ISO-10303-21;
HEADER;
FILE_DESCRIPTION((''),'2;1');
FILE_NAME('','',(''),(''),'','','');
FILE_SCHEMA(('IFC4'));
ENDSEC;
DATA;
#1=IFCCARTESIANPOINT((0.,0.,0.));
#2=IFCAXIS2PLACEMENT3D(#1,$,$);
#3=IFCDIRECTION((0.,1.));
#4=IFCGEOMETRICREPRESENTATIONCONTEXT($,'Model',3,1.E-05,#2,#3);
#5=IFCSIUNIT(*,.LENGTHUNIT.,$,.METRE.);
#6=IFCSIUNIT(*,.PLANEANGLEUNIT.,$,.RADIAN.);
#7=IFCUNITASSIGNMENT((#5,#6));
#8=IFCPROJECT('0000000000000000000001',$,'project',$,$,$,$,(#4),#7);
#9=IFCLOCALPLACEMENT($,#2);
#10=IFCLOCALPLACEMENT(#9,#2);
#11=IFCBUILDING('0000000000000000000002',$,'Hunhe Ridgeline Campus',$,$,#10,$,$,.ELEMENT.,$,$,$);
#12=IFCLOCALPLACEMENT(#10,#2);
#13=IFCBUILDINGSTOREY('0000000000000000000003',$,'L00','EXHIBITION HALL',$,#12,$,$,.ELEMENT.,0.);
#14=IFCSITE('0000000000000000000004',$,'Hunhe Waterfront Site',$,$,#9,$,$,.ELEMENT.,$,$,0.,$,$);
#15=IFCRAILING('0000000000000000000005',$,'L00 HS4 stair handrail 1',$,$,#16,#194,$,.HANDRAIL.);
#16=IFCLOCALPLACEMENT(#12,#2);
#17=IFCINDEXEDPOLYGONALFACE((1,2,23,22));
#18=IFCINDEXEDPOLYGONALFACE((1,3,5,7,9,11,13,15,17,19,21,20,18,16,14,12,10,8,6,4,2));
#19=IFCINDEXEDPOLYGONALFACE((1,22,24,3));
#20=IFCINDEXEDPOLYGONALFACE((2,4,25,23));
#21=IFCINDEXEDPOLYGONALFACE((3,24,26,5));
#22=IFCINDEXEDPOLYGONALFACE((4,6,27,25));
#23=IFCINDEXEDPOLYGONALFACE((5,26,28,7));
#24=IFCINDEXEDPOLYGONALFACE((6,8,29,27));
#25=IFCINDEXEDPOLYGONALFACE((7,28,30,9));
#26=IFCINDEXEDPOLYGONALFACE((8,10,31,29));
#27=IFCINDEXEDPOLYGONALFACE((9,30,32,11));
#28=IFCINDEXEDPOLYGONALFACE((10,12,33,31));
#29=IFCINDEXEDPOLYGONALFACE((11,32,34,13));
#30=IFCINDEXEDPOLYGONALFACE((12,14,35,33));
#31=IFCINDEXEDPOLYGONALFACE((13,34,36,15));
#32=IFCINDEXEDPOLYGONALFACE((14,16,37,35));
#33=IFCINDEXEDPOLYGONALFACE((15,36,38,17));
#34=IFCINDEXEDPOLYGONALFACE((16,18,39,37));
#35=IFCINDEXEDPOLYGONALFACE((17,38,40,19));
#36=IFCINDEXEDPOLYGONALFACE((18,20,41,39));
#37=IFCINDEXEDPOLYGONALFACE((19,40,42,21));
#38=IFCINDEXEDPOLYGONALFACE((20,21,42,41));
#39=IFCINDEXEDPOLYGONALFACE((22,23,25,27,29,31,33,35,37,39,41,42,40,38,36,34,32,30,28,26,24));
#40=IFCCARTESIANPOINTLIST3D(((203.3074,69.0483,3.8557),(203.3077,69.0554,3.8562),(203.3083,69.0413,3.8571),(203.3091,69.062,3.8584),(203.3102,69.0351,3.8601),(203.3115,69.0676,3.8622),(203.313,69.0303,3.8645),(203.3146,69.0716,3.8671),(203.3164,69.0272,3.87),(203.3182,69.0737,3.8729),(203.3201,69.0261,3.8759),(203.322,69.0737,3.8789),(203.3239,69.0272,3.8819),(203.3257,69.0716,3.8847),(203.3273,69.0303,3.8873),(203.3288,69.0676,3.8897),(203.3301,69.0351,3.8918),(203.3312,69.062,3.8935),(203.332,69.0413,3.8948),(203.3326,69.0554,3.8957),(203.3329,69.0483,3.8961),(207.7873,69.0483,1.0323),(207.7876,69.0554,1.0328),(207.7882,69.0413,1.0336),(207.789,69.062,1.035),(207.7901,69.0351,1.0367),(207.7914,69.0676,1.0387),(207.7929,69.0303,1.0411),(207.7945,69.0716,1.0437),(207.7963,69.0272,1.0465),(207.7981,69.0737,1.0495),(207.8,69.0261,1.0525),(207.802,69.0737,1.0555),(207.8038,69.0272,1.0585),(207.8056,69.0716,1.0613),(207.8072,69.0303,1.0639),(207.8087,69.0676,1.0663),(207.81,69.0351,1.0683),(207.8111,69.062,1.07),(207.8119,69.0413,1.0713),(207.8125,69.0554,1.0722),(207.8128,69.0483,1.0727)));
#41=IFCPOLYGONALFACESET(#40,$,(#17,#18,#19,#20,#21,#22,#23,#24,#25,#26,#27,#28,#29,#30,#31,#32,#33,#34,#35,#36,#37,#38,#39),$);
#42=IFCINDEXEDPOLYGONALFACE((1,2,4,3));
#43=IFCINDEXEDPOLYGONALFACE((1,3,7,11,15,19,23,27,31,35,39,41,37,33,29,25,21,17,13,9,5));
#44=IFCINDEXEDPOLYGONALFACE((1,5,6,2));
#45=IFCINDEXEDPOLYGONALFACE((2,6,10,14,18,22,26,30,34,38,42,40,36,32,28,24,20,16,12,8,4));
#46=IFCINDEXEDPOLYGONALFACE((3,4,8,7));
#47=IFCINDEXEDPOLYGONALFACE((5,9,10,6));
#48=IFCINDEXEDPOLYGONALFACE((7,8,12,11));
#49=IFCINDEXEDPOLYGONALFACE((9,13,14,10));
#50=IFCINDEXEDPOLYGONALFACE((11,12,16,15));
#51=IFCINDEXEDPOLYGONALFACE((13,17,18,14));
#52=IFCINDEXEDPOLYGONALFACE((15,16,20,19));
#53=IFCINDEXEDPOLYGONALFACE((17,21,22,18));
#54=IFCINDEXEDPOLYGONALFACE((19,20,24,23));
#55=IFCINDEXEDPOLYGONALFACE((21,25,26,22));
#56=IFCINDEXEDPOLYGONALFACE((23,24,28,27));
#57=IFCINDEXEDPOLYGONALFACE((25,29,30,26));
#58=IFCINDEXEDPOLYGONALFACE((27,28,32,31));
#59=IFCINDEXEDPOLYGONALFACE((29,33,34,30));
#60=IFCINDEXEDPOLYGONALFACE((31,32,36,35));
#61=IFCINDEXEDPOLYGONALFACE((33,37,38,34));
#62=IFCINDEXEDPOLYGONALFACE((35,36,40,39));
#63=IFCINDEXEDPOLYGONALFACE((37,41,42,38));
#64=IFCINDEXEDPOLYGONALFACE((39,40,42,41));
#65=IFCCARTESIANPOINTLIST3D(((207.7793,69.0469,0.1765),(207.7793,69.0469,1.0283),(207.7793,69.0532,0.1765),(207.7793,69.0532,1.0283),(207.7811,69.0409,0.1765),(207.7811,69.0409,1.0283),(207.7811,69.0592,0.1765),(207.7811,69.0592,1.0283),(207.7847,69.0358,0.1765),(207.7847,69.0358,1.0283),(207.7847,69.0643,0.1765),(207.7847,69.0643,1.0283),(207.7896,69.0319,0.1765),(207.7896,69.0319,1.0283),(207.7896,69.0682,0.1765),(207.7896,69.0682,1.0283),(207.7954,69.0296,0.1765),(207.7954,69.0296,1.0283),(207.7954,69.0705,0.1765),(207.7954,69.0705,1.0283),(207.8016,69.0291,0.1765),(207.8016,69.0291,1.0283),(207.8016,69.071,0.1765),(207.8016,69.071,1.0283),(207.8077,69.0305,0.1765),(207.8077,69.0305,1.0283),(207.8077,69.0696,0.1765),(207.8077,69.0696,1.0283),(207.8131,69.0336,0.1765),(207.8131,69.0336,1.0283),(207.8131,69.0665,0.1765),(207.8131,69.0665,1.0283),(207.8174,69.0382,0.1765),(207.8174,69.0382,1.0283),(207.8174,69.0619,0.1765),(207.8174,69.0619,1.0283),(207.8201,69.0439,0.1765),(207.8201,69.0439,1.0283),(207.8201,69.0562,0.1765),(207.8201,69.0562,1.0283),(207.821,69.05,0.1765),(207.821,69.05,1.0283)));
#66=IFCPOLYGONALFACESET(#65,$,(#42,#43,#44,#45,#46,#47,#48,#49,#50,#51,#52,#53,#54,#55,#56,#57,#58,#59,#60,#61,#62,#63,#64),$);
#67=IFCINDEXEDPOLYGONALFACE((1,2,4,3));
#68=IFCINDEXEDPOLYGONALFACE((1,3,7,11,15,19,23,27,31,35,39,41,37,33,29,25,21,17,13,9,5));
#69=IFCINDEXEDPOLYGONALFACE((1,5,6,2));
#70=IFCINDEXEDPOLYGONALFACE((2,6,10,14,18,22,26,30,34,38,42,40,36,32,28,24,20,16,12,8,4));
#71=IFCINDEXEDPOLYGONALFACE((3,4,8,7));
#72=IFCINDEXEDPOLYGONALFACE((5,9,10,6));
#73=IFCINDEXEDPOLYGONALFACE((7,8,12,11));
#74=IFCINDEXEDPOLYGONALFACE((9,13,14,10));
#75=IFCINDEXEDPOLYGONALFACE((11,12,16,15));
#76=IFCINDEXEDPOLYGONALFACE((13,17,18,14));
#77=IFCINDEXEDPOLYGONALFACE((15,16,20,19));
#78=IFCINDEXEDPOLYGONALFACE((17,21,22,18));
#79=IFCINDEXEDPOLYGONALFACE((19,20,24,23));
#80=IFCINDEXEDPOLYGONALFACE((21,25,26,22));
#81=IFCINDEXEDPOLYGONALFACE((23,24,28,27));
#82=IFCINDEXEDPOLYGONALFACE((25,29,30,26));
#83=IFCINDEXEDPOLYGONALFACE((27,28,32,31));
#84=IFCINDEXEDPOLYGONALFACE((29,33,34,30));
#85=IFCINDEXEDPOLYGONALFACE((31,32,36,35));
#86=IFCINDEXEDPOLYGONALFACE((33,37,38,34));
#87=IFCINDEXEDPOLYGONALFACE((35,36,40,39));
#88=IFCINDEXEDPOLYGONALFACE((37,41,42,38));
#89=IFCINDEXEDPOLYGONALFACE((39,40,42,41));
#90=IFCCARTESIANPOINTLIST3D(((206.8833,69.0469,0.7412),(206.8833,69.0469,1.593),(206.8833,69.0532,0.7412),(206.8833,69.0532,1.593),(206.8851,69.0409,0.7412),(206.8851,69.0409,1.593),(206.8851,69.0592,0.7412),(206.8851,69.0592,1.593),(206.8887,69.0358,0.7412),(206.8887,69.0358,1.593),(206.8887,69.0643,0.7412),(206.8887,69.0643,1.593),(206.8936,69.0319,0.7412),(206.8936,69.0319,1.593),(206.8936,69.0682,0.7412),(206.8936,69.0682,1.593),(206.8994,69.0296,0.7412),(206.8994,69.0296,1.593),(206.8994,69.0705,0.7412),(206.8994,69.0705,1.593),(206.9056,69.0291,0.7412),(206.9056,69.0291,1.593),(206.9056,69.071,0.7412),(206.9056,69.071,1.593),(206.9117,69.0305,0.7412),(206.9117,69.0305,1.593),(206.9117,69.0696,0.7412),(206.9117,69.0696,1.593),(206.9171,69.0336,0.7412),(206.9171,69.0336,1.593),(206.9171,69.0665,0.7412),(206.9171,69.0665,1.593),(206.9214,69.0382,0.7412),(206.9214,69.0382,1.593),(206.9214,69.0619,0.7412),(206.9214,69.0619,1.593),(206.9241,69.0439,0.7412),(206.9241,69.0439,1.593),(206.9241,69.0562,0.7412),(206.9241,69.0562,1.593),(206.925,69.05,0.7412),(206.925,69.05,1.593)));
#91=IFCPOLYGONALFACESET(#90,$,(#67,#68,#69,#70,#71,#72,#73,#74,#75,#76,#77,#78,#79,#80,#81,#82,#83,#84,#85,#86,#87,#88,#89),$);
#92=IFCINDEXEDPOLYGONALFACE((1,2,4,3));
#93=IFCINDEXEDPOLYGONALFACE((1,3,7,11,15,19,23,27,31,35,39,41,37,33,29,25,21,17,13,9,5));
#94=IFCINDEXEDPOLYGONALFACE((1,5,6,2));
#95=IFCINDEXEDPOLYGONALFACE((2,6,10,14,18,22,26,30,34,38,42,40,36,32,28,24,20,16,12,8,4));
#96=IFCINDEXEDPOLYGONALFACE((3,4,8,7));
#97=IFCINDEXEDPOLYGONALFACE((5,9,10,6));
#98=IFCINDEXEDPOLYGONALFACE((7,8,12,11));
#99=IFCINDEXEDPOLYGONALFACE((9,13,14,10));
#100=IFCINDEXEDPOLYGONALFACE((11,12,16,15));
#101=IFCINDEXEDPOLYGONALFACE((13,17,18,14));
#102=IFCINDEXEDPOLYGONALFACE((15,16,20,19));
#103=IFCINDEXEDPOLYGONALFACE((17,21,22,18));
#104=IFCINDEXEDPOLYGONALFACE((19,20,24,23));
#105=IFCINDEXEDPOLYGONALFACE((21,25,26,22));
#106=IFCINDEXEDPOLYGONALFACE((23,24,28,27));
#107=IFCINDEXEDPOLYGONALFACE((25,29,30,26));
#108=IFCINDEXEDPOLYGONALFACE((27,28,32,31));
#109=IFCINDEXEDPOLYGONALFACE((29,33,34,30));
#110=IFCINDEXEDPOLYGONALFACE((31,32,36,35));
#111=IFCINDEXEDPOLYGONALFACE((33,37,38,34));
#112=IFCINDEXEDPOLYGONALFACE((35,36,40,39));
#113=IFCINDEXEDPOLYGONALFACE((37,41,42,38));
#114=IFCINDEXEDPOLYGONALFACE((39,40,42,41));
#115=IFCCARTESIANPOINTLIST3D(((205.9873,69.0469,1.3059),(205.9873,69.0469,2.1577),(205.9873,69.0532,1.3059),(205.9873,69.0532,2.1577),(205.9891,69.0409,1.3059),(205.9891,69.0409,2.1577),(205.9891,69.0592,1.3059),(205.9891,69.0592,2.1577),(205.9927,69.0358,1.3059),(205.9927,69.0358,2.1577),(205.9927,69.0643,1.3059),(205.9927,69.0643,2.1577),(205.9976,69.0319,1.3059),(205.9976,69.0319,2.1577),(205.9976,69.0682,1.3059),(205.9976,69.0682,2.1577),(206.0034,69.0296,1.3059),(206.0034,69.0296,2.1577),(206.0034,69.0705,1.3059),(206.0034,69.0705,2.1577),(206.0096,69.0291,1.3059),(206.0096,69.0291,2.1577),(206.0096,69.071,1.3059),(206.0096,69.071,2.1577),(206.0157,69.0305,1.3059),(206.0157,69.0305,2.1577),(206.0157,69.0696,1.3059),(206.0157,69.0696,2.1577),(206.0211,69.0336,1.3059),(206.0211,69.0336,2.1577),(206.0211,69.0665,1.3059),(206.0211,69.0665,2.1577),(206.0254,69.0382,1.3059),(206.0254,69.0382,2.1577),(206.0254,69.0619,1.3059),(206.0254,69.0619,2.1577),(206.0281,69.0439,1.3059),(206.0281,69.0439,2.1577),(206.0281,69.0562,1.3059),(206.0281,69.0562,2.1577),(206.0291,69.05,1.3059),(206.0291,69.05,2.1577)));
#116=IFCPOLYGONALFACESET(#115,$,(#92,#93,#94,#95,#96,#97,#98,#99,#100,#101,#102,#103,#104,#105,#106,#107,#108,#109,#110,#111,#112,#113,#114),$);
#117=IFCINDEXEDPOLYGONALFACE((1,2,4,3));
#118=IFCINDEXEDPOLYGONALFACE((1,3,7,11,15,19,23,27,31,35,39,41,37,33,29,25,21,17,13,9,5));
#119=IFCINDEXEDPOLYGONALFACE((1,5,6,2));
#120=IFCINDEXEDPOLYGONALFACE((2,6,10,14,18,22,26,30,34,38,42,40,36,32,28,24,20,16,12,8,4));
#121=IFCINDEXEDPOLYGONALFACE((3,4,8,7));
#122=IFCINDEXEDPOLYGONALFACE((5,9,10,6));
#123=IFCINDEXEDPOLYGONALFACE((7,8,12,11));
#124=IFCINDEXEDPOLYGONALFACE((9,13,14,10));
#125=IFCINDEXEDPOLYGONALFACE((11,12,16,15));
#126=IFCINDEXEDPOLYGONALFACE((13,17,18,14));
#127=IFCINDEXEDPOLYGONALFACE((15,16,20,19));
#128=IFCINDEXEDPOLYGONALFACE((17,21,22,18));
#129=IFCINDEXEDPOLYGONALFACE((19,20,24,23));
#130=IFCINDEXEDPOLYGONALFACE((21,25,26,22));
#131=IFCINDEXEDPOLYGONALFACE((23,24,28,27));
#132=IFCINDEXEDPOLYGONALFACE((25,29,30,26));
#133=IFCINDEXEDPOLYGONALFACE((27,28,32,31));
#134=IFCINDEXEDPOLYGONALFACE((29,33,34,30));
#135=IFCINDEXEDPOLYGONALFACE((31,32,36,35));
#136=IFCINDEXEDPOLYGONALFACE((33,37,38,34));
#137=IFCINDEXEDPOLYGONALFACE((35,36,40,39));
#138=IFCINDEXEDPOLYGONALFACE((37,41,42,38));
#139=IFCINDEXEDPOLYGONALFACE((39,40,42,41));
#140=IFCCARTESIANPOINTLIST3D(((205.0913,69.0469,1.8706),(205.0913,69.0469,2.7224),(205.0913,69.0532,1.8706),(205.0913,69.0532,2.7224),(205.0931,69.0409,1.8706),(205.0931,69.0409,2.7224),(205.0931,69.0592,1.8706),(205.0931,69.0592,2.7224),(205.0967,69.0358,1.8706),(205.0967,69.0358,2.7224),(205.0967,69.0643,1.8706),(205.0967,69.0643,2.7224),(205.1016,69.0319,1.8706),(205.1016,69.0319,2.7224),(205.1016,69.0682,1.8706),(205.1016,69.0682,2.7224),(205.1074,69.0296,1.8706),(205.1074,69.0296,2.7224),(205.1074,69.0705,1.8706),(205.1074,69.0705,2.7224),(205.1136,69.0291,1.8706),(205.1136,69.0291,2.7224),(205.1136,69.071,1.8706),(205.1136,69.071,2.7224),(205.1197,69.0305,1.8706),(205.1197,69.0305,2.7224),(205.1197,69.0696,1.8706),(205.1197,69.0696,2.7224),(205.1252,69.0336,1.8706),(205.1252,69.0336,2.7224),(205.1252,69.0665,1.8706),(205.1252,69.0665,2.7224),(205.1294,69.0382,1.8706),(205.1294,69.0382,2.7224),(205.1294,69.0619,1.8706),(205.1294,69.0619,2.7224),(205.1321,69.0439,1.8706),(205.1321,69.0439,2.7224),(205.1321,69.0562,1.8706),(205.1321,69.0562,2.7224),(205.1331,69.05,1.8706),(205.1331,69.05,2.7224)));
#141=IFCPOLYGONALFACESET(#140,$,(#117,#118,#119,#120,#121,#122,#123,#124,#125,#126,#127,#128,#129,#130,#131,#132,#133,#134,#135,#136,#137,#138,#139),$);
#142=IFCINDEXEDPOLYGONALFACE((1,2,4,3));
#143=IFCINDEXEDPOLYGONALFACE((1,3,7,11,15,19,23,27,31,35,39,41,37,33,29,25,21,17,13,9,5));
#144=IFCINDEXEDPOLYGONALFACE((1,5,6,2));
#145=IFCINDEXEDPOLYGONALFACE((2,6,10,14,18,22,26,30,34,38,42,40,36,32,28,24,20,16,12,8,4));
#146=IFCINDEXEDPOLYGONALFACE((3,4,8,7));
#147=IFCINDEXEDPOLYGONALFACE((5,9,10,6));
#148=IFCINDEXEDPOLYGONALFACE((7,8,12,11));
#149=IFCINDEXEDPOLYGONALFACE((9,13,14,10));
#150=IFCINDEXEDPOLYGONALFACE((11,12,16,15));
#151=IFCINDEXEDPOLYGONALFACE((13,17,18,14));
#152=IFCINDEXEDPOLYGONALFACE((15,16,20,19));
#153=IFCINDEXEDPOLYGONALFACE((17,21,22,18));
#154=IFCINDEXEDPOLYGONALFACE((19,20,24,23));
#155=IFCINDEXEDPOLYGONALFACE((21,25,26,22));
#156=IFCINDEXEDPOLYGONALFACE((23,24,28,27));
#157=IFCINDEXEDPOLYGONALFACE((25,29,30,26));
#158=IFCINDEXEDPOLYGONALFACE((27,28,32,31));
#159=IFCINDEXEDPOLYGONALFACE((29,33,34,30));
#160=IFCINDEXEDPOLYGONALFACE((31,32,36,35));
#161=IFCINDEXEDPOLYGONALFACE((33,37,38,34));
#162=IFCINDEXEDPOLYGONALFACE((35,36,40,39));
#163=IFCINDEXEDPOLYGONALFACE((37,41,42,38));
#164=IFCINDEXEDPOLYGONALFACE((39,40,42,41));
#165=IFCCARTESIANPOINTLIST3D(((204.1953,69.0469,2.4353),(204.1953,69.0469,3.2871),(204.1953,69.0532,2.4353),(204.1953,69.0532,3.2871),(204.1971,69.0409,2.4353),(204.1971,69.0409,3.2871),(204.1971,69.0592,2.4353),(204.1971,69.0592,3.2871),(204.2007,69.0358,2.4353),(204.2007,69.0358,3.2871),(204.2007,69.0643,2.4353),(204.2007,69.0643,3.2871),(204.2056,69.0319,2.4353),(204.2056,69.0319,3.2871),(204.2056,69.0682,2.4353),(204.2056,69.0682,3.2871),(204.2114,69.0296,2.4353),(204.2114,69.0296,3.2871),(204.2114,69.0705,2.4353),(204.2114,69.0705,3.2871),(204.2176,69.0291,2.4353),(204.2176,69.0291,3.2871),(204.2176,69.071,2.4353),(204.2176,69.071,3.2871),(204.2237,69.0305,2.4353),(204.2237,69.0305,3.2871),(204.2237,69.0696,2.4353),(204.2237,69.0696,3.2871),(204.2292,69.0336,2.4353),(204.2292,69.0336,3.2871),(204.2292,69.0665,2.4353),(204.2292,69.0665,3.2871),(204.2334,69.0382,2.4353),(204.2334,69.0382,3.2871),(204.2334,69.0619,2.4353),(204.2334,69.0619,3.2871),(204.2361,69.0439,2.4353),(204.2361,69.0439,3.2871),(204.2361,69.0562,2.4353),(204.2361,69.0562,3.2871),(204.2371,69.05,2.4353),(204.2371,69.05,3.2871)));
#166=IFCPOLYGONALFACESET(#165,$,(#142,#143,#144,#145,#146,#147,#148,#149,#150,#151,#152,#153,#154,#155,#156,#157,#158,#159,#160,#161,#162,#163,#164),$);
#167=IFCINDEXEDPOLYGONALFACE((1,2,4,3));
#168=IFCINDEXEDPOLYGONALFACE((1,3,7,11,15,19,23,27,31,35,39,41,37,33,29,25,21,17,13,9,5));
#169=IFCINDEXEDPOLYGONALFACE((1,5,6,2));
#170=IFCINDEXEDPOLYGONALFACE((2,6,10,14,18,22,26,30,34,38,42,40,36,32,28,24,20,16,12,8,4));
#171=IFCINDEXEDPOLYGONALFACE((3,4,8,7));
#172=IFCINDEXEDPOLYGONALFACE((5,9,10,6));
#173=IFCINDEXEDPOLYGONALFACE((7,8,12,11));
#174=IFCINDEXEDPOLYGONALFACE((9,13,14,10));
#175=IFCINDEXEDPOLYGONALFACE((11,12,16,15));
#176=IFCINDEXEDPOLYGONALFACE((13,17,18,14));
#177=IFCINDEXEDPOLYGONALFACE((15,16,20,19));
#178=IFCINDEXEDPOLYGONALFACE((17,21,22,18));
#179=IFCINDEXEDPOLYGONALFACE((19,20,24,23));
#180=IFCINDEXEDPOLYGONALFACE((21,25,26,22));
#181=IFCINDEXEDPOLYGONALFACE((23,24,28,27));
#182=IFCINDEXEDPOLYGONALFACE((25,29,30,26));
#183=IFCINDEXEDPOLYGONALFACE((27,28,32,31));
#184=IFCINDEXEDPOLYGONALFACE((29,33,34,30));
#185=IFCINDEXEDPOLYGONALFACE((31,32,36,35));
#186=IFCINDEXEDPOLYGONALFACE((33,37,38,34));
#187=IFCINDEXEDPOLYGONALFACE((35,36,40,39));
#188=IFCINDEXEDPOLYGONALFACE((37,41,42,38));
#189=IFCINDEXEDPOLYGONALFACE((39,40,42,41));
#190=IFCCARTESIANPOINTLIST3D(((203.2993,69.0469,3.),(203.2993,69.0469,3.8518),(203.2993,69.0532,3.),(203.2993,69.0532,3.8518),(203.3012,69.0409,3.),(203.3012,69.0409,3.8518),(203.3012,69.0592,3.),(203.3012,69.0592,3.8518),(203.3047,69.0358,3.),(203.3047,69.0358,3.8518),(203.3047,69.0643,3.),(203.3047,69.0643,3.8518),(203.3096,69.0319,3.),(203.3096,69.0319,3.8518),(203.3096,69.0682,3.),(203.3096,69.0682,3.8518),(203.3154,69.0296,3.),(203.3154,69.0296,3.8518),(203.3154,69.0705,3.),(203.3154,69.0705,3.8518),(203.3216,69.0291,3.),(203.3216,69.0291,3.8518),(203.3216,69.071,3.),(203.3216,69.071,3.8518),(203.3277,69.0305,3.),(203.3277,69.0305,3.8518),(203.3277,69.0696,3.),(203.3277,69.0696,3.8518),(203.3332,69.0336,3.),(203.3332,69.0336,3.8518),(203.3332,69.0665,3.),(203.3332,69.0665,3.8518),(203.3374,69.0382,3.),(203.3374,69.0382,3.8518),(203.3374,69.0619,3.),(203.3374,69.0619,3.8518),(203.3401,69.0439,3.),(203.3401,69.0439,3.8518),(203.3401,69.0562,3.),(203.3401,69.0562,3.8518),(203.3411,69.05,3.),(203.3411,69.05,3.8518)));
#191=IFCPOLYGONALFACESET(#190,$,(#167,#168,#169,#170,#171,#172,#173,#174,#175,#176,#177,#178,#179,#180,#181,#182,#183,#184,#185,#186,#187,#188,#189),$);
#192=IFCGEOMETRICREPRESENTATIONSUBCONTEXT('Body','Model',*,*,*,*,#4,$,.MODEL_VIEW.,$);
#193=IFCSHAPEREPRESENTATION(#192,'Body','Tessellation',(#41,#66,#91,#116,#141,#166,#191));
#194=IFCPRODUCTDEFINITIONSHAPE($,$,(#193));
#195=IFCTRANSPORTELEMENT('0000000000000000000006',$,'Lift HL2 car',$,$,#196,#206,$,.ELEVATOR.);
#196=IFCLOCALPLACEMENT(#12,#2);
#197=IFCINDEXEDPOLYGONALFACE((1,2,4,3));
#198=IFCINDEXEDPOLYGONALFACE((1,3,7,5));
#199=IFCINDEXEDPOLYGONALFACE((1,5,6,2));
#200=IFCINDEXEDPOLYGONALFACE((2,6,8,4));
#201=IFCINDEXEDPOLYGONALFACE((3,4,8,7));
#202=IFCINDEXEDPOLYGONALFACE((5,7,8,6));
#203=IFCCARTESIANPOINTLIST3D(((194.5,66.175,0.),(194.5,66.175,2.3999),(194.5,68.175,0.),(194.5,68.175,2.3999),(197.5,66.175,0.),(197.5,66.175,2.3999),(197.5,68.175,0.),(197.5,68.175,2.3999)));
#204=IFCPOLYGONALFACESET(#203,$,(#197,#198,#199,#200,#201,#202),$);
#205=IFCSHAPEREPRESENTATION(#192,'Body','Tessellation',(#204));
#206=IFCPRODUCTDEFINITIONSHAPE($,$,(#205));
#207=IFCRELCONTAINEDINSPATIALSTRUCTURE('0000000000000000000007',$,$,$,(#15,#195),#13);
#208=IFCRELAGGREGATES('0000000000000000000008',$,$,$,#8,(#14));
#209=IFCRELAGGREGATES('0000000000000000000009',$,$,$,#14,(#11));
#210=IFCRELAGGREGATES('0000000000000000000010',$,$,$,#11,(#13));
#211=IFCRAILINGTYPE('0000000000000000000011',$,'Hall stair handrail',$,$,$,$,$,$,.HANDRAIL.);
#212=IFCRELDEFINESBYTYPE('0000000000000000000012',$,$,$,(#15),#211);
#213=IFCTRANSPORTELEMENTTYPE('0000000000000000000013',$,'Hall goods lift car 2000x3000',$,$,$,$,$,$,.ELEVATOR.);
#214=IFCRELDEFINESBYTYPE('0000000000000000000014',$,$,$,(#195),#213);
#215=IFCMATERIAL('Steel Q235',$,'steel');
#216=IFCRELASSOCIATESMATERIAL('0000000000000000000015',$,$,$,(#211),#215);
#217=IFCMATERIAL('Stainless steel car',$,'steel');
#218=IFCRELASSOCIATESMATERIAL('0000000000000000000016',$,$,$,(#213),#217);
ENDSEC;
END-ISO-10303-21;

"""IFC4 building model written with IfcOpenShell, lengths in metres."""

from ifc_helpers import new_model, si_unit, direction, frame, origin, origin_2d, place, context, subcontext, project, spatial, rectangle, circle, extrude, material, type_object, element, save


model = new_model("IFC4")

# Units and contexts
model_context = context("Model", 3, precision=1e-05, world=origin(), true_north=direction((0.0, 1.0)))
body_context = subcontext(model_context, "Body", "Model", "MODEL_VIEW")
ifc_project = project(units=[si_unit("LENGTHUNIT", "METRE"), si_unit("PLANEANGLEUNIT", "RADIAN")], contexts=[model_context])

# Site, building, storey
site_placement = place(None, origin())
site = spatial("IfcSite", under=ifc_project, at=site_placement, Name="Hunhe Waterfront Site", CompositionType="ELEMENT", RefElevation=0.0)
building_placement = place(site_placement, origin())
building = spatial("IfcBuilding", under=site, at=building_placement, Name="Hunhe Ridgeline Campus", CompositionType="ELEMENT")
storey_placement = place(building_placement, origin())
storey = spatial("IfcBuildingStorey", under=building, at=storey_placement, Name="L00", Description="EXHIBITION HALL", CompositionType="ELEMENT", Elevation=0.0)

# Shared definitions
ifc_material_1 = material(Name="Steel Q235", Category="steel")

# Railing
railing_type_1 = type_object("IfcRailingType", Name="Hall stair handrail", PredefinedType="HANDRAIL", material=ifc_material_1)
railing_1_placement = place(storey_placement, frame((207.8, 69.05, 0.1765)))
element("IfcRailing", 1, at=railing_1_placement, inside=storey, type_object=railing_type_1, Name="L00 HS4 stair handrail 1", PredefinedType="HANDRAIL", context=body_context, shape_type="SweptSolid", body=[
    extrude(circle(Radius=0.0239, at=origin_2d()), frame((0.0, 0.0, 0.876), z_axis=(-0.845998, 0.0, 0.533186), x_axis=(0.0, -1.0, 0.0)), (0.0, 0.0, 1.0), 5.2954),
    extrude(circle(Radius=0.021, at=origin_2d()), origin(), (0.0, 0.0, 1.0), 0.8518),
    extrude(circle(Radius=0.021, at=origin_2d()), frame((-0.896, 0.0, 0.5647)), (0.0, 0.0, 1.0), 0.8518),
    extrude(circle(Radius=0.021, at=origin_2d()), frame((-1.792, 0.0, 1.1294)), (0.0, 0.0, 1.0), 0.8518),
    extrude(circle(Radius=0.021, at=origin_2d()), frame((-2.688, 0.0, 1.6941)), (0.0, 0.0, 1.0), 0.8518),
    extrude(circle(Radius=0.021, at=origin_2d()), frame((-3.584, 0.0, 2.2588)), (0.0, 0.0, 1.0), 0.8518),
    extrude(circle(Radius=0.021, at=origin_2d()), frame((-4.48, 0.0, 2.8235)), (0.0, 0.0, 1.0), 0.8518),
])

# Transport element
ifc_material_2 = material(Name="Stainless steel car", Category="steel")
transport_element_type = type_object("IfcTransportElementType", Name="Hall goods lift car 2000x3000", PredefinedType="ELEVATOR", material=ifc_material_2)
transport_element_placement = place(storey_placement, frame((196.0, 67.175, 0.0), z_axis=(0.0, 0.0, 1.0), x_axis=(1.0, 0.0, 0.0)))
element("IfcTransportElement", 2, at=transport_element_placement, inside=storey, type_object=transport_element_type, Name="Lift HL2 car", PredefinedType="ELEVATOR", context=body_context, shape_type="SweptSolid", body=[
    extrude(rectangle(XDim=3.0, YDim=2.0, at=origin_2d()), origin(), (0.0, 0.0, 1.0), 2.3999),
])

save(model, "model.ifc")
